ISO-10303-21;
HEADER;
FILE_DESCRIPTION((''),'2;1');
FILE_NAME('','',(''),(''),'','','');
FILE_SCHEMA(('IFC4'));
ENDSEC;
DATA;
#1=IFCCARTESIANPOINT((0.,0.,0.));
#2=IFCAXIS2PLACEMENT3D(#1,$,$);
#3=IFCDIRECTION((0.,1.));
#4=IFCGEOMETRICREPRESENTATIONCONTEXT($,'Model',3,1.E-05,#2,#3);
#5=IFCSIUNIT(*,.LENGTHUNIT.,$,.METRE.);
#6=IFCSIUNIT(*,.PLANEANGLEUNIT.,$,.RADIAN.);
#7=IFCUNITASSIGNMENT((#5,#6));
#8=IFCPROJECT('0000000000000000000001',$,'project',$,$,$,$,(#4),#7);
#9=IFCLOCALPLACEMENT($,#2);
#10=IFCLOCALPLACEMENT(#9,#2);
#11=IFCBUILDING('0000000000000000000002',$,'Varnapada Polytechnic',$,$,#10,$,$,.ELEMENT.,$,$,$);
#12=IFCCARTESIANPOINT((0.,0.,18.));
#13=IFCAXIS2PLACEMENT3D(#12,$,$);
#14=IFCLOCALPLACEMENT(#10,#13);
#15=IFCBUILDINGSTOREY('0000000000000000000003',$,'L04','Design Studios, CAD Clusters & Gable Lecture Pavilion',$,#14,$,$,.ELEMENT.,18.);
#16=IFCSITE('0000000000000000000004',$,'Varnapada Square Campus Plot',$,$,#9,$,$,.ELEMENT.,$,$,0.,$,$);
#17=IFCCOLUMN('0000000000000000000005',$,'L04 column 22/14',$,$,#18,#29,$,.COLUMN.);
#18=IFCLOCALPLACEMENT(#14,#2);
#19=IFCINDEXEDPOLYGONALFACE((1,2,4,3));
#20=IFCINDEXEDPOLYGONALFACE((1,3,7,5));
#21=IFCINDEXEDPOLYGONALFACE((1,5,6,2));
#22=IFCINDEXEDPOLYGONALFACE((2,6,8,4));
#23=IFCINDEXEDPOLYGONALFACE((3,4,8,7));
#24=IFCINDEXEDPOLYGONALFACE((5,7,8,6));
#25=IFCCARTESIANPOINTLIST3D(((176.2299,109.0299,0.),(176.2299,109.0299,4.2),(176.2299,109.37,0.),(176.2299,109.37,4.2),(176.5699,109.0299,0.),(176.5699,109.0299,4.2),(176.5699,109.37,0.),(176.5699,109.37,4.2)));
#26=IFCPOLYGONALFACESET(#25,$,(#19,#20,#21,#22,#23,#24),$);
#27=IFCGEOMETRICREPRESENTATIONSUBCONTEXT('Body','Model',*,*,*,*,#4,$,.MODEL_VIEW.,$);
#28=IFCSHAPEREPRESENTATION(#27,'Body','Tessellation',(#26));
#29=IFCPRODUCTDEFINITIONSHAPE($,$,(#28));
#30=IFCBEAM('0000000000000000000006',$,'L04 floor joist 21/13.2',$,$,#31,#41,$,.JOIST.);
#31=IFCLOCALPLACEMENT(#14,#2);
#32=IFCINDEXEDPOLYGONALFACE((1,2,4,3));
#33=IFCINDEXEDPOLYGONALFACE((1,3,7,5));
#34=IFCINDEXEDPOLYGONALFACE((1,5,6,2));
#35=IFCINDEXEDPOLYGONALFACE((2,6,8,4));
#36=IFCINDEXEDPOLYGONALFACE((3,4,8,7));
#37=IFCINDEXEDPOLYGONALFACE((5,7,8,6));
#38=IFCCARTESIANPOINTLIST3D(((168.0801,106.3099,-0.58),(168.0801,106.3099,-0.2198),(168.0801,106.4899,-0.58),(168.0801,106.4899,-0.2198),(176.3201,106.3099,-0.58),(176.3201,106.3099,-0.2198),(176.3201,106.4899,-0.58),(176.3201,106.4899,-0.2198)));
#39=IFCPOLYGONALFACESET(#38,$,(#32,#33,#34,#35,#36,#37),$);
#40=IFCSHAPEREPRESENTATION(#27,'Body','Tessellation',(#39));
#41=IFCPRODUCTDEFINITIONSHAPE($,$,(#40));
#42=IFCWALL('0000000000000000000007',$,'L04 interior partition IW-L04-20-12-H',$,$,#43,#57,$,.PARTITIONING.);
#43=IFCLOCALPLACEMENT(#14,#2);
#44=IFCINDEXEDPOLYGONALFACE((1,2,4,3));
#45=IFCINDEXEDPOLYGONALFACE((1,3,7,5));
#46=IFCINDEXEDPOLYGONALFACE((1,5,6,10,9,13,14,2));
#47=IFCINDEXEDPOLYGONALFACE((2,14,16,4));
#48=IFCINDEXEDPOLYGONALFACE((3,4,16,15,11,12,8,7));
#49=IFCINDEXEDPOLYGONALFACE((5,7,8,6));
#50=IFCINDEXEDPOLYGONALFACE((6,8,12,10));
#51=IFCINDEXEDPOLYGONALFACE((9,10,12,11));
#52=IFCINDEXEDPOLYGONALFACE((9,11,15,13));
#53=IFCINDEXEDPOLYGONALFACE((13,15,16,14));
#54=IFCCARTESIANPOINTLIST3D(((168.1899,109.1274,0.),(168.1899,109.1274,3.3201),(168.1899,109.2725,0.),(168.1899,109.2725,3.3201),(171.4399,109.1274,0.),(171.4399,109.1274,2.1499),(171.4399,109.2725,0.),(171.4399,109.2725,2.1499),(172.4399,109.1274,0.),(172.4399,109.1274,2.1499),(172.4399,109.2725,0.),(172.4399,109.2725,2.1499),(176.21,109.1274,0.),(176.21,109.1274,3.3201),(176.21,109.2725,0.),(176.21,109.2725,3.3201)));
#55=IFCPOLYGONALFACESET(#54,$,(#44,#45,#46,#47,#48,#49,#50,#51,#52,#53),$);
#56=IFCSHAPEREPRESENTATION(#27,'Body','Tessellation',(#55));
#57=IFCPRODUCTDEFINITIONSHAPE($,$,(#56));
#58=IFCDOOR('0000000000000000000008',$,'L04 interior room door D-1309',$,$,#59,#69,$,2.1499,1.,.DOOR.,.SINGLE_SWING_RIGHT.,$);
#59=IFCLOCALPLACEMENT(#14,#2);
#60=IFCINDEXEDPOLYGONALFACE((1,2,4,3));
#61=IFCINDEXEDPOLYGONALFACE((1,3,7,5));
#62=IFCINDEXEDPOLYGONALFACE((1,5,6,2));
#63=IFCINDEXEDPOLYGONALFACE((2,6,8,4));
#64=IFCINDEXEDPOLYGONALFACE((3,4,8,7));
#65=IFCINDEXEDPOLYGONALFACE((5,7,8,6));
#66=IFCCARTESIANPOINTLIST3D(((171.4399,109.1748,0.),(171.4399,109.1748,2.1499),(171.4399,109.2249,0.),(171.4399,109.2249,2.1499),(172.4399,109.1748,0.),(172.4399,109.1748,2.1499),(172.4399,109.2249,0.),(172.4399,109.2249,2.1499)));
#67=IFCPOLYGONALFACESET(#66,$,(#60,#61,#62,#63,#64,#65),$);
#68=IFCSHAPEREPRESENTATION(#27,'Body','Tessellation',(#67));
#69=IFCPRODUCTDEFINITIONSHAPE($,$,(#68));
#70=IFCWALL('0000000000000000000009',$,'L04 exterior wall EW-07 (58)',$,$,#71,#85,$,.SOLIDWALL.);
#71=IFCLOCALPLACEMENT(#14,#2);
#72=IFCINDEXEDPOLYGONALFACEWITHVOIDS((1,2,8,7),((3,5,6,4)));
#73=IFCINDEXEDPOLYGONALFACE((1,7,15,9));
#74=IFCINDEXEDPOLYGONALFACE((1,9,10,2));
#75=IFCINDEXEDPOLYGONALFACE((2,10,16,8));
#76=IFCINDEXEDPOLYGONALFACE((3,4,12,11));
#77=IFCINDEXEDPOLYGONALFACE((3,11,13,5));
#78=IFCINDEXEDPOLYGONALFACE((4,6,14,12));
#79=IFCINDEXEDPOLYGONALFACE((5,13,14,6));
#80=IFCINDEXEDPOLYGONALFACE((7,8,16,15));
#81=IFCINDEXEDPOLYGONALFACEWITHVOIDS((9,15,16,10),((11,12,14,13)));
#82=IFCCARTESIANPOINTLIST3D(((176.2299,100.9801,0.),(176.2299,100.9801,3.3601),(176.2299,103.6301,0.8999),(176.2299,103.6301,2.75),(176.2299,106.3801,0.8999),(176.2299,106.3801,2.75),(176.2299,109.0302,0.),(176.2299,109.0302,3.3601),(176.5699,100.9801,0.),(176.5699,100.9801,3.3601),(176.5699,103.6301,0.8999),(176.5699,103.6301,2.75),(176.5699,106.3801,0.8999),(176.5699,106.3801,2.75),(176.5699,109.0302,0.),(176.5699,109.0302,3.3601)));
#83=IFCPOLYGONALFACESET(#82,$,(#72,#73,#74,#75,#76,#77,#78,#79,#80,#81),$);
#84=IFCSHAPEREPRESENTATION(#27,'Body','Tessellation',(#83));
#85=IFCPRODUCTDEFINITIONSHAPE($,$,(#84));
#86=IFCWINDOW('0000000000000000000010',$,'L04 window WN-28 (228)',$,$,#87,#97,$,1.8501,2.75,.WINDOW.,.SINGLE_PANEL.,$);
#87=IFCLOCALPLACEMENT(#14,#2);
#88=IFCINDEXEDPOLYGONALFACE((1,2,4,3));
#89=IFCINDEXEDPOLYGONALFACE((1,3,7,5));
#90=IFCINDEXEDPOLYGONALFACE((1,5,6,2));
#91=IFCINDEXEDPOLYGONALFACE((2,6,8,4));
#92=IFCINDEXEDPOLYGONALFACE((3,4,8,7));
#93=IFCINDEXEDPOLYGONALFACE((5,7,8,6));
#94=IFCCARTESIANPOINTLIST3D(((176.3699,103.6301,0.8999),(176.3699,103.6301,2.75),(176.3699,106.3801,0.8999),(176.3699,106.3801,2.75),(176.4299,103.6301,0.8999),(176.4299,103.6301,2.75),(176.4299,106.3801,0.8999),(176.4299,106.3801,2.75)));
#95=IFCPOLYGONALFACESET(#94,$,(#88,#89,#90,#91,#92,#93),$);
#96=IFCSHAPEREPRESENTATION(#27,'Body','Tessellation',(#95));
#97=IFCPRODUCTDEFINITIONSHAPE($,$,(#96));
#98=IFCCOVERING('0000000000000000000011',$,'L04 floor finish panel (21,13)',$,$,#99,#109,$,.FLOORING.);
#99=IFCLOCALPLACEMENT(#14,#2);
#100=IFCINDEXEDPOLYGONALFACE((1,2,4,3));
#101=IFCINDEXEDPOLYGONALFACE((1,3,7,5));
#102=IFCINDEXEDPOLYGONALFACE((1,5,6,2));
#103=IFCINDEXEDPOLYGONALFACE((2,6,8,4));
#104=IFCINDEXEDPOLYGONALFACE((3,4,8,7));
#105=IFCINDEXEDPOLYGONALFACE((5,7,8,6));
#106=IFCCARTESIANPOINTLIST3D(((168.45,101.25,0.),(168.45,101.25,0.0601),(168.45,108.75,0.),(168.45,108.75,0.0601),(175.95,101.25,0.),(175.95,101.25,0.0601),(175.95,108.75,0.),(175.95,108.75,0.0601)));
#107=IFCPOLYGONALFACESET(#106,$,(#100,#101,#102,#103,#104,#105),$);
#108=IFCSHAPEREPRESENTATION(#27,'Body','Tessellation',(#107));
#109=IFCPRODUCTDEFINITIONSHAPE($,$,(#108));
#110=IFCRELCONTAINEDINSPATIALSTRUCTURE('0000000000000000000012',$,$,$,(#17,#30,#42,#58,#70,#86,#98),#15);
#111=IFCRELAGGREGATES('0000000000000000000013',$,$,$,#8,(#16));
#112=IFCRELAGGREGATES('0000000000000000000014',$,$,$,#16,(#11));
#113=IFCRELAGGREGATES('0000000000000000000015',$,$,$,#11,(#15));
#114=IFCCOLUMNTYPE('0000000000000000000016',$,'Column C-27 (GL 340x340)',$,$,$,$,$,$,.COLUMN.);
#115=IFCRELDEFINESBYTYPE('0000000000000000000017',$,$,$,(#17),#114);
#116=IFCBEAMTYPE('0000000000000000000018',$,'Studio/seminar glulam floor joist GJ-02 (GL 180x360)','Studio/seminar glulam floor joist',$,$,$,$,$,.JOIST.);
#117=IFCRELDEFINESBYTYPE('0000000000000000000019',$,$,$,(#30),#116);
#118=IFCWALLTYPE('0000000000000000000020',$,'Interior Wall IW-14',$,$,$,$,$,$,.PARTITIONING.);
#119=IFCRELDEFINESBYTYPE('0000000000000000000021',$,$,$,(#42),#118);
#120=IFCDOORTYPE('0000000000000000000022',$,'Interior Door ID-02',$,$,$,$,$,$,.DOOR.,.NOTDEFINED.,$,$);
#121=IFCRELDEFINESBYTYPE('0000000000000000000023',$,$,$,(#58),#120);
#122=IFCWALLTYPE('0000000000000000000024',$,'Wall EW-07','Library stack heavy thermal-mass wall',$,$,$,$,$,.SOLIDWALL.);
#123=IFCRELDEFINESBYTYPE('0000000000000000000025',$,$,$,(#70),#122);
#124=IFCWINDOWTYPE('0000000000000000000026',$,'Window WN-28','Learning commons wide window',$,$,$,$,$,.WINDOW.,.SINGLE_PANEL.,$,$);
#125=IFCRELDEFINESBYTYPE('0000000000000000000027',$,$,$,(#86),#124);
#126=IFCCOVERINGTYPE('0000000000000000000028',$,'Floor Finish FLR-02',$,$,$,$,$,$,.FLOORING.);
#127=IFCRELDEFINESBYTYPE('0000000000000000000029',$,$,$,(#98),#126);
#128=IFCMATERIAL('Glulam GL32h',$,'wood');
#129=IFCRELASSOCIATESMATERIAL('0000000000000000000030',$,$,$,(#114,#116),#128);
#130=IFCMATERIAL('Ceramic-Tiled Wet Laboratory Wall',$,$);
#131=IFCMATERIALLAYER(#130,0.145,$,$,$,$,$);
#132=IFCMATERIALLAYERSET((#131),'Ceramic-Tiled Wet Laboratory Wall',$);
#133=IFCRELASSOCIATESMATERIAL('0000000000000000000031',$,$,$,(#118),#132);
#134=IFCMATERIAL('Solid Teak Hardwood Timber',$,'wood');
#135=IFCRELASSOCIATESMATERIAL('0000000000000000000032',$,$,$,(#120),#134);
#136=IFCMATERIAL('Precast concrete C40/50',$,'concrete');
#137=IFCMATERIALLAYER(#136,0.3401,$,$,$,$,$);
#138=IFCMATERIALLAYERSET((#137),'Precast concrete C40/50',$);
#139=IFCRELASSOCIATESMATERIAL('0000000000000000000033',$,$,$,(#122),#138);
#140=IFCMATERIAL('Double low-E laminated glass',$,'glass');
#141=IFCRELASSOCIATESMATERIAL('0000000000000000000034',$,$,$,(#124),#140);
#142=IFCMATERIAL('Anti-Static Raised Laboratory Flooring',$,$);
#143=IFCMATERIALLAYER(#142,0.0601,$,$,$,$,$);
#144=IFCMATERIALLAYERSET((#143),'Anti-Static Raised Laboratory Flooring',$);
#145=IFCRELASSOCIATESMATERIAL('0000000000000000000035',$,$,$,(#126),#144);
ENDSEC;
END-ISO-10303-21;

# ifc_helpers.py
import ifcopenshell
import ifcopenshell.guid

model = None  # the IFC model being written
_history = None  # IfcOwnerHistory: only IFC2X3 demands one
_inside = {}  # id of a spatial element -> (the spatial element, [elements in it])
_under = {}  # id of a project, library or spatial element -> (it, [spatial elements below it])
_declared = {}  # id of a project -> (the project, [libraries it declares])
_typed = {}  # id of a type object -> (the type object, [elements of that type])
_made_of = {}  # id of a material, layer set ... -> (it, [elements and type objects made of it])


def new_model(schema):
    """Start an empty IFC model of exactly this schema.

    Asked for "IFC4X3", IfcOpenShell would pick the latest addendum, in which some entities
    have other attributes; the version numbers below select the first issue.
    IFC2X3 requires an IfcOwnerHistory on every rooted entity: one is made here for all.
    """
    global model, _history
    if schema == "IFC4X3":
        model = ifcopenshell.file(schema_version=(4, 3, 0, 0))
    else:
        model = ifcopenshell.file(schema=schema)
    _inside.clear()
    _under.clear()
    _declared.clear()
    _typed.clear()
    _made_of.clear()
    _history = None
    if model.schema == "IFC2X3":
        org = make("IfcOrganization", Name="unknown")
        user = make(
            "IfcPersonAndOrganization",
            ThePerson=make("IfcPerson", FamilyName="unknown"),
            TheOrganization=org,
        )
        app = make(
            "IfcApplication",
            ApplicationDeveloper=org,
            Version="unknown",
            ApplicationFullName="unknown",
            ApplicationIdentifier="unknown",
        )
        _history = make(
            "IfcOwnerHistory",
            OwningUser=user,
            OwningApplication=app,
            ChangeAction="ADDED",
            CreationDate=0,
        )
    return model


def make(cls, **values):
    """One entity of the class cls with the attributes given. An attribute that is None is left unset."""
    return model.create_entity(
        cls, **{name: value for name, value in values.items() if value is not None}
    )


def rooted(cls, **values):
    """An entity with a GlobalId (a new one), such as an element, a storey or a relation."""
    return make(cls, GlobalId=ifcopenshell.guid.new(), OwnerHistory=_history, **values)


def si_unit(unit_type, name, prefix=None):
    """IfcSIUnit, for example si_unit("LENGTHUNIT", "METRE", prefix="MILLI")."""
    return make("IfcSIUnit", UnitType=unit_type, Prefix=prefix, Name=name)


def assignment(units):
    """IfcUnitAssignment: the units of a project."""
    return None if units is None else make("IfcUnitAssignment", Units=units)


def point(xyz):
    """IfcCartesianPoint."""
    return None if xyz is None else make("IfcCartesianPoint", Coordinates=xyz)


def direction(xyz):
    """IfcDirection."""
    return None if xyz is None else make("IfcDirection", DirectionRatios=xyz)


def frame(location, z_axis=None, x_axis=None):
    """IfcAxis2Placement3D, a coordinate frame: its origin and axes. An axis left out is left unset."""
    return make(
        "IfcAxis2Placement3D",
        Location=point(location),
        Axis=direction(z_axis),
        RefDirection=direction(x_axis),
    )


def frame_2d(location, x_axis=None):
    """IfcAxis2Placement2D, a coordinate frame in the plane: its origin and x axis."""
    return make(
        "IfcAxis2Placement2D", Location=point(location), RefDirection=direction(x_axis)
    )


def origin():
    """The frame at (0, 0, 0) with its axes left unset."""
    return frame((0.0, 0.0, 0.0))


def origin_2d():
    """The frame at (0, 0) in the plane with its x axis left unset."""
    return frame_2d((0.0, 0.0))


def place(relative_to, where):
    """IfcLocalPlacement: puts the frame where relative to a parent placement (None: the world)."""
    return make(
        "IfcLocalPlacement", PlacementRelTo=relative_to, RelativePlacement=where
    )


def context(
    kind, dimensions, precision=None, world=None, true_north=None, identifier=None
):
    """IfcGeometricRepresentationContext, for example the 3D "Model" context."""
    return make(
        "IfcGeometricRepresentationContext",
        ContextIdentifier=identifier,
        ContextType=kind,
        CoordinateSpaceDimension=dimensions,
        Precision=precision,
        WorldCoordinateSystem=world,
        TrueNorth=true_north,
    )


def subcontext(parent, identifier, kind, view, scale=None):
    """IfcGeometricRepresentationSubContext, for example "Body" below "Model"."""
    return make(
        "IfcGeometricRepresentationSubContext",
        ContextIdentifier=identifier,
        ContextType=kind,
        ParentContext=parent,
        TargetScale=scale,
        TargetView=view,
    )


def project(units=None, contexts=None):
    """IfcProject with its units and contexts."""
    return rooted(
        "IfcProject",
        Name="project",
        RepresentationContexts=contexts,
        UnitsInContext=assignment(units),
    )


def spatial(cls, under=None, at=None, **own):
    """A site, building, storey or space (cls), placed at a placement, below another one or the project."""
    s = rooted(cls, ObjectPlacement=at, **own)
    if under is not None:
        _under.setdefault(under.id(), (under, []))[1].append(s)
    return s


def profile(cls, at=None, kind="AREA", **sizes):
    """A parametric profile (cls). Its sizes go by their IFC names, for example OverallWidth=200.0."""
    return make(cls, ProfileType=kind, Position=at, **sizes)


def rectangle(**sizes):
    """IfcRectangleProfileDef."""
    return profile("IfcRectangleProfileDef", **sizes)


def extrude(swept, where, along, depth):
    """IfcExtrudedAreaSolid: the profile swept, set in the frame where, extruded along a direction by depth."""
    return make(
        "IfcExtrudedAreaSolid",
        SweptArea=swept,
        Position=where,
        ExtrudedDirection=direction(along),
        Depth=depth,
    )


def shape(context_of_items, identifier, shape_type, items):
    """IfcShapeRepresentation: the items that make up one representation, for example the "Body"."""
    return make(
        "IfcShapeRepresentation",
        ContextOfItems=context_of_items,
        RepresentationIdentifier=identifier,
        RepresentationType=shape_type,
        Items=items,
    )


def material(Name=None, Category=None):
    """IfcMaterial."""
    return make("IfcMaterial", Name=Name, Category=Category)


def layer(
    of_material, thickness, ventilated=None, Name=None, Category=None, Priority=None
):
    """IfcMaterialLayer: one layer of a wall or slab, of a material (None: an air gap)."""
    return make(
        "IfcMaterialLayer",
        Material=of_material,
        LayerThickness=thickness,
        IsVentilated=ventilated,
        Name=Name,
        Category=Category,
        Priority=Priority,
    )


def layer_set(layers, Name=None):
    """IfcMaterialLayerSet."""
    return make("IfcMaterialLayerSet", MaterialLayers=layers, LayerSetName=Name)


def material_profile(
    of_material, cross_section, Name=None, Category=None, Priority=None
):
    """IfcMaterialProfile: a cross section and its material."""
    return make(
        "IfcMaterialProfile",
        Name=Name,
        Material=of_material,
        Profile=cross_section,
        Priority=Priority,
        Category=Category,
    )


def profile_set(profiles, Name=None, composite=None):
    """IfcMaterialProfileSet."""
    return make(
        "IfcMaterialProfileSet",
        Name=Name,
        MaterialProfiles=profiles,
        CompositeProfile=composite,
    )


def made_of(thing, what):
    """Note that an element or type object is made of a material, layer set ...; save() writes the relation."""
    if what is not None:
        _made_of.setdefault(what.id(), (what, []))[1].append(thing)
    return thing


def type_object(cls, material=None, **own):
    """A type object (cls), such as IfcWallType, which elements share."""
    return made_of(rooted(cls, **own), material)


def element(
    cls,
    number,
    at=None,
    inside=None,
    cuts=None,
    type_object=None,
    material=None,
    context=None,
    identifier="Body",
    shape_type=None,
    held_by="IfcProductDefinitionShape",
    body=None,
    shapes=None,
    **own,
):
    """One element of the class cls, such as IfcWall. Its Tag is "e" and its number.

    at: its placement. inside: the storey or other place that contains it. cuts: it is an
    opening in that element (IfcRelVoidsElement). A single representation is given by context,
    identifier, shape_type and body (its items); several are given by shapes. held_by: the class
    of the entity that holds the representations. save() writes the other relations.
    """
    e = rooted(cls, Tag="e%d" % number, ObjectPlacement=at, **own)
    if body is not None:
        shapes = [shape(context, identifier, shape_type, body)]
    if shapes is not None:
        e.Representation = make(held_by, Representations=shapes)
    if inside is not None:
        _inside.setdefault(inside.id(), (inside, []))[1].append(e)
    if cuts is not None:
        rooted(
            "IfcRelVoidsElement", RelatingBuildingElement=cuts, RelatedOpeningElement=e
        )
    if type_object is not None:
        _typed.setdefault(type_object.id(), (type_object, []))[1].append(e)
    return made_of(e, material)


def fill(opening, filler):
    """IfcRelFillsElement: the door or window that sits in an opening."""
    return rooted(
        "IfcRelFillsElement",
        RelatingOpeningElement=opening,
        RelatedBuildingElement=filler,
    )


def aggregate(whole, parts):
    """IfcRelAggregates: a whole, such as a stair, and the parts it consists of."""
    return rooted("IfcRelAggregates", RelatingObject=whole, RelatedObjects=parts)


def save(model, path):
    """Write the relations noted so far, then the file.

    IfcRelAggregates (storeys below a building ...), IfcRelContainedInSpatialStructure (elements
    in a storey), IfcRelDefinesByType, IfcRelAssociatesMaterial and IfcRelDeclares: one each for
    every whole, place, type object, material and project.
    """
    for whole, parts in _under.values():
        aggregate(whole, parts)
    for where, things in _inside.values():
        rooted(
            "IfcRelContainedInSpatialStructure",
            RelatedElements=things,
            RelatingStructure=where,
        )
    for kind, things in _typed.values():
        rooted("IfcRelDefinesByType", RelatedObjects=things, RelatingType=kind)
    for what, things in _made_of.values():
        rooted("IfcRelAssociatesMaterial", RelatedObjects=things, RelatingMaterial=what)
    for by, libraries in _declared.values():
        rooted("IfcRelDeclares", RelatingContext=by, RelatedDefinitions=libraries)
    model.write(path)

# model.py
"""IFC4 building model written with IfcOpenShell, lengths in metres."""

from ifc_helpers import new_model, si_unit, direction, frame, frame_2d, origin, origin_2d, place, context, subcontext, project, spatial, rectangle, extrude, material, layer, layer_set, material_profile, profile_set, type_object, element, fill, save


model = new_model("IFC4")

# Units and contexts
model_context = context("Model", 3, precision=1e-05, world=origin(), true_north=direction((0.0, 1.0)))
body_context = subcontext(model_context, "Body", "Model", "MODEL_VIEW")
ifc_project = project(units=[si_unit("LENGTHUNIT", "METRE"), si_unit("PLANEANGLEUNIT", "RADIAN")], contexts=[model_context])

# Site, building, storey
site_placement = place(None, origin())
site = spatial("IfcSite", under=ifc_project, at=site_placement, Name="Varnapada Square Campus Plot", CompositionType="ELEMENT", RefElevation=0.0)
building_placement = place(site_placement, origin())
building = spatial("IfcBuilding", under=site, at=building_placement, Name="Varnapada Polytechnic", CompositionType="ELEMENT")
storey_placement = place(building_placement, frame((0.0, 0.0, 18.0)))
storey = spatial("IfcBuildingStorey", under=building, at=storey_placement, Name="L04", Description="Design Studios, CAD Clusters & Gable Lecture Pavilion", CompositionType="ELEMENT", Elevation=18.0)

# Column
ifc_material_1 = material(Name="Glulam GL32h", Category="wood")
ifc_material_profile_1 = material_profile(ifc_material_1, rectangle(XDim=0.3401, YDim=0.3401, at=origin_2d()), Name="GL 340x340")
ifc_profile_set_1 = profile_set([ifc_material_profile_1], Name="Glulam GL32h")
column_type = type_object("IfcColumnType", Name="Column C-27 (GL 340x340)", PredefinedType="COLUMN", material=ifc_profile_set_1)
column_placement = place(storey_placement, frame((176.3999, 109.2, 0.0), z_axis=(0.0, 0.0, 1.0), x_axis=(1.0, 0.0, 0.0)))
element("IfcColumn", 1, at=column_placement, inside=storey, type_object=column_type, Name="L04 column 22/14", PredefinedType="COLUMN", context=body_context, shape_type="SweptSolid", body=[
    extrude(rectangle(XDim=0.3401, YDim=0.3401, at=origin_2d()), origin(), (0.0, 0.0, 1.0), 4.2),
])

# Beam
ifc_material_profile_2 = material_profile(ifc_material_1, rectangle(XDim=0.1799, YDim=0.3601, at=origin_2d()), Name="GL 180x360")
ifc_profile_set_2 = profile_set([ifc_material_profile_2], Name="Glulam GL32h")
beam_type = type_object("IfcBeamType", Name="Studio/seminar glulam floor joist GJ-02 (GL 180x360)", Description="Studio/seminar glulam floor joist", PredefinedType="JOIST", material=ifc_profile_set_2)
beam_placement = place(storey_placement, frame((168.0801, 106.3999, -0.3999), z_axis=(1.0, 0.0, 0.0), x_axis=(0.0, 1.0, 0.0)))
element("IfcBeam", 2, at=beam_placement, inside=storey, type_object=beam_type, Name="L04 floor joist 21/13.2", PredefinedType="JOIST", context=body_context, shape_type="SweptSolid", body=[
    extrude(rectangle(XDim=0.1799, YDim=0.3601, at=origin_2d()), origin(), (0.0, 0.0, 1.0), 8.24),
])

# Wall, opening, door
ifc_material_2 = material(Name="Ceramic-Tiled Wet Laboratory Wall")
ifc_layer_1 = layer(ifc_material_2, 0.145)
ifc_layer_set_1 = layer_set([ifc_layer_1], Name="Ceramic-Tiled Wet Laboratory Wall")
wall_type_1 = type_object("IfcWallType", Name="Interior Wall IW-14", PredefinedType="PARTITIONING", material=ifc_layer_set_1)
wall_1_placement = place(storey_placement, frame((168.1899, 109.2, 0.0), z_axis=(0.0, 0.0, 1.0), x_axis=(1.0, 0.0, 0.0)))
wall_1 = element("IfcWall", 3, at=wall_1_placement, inside=storey, type_object=wall_type_1, Name="L04 interior partition IW-L04-20-12-H", PredefinedType="PARTITIONING", context=body_context, shape_type="SweptSolid", body=[
    extrude(rectangle(XDim=8.02, YDim=0.145, at=frame_2d((4.01, 0.0))), origin(), (0.0, 0.0, 1.0), 3.3201),
])
opening_1_placement = place(wall_1_placement, frame((3.25, 0.0, 0.0)))
opening_1 = element("IfcOpeningElement", 4, at=opening_1_placement, cuts=wall_1, PredefinedType="OPENING", context=body_context, shape_type="SweptSolid", body=[
    extrude(rectangle(XDim=1.0, YDim=2.1499, at=frame_2d((0.5, 1.075))), frame((0.0, 0.0825, 0.0), z_axis=(0.0, -1.0, 0.0), x_axis=(1.0, 0.0, 0.0)), (0.0, 0.0, 1.0), 0.165),
])
ifc_material_3 = material(Name="Solid Teak Hardwood Timber", Category="wood")
door_type = type_object("IfcDoorType", Name="Interior Door ID-02", OperationType="NOTDEFINED", PredefinedType="DOOR", material=ifc_material_3)
door_placement = place(opening_1_placement, origin())
door = element("IfcDoor", 5, at=door_placement, inside=storey, type_object=door_type, Name="L04 interior room door D-1309", OperationType="SINGLE_SWING_RIGHT", OverallHeight=2.1499, OverallWidth=1.0, PredefinedType="DOOR", context=body_context, shape_type="SweptSolid", body=[
    extrude(rectangle(XDim=1.0, YDim=2.1499, at=frame_2d((0.5, 1.075))), frame((0.0, 0.0249, 0.0), z_axis=(0.0, -1.0, 0.0), x_axis=(1.0, 0.0, 0.0)), (0.0, 0.0, 1.0), 0.05),
])
fill(opening_1, door)

# Wall, opening, window
ifc_material_4 = material(Name="Precast concrete C40/50", Category="concrete")
ifc_layer_2 = layer(ifc_material_4, 0.3401)
ifc_layer_set_2 = layer_set([ifc_layer_2], Name="Precast concrete C40/50")
wall_type_2 = type_object("IfcWallType", Name="Wall EW-07", Description="Library stack heavy thermal-mass wall", PredefinedType="SOLIDWALL", material=ifc_layer_set_2)
wall_2_placement = place(storey_placement, frame((176.3999, 109.03, 0.0), z_axis=(0.0, 0.0, 1.0), x_axis=(0.0, -1.0, 0.0)))
wall_2 = element("IfcWall", 6, at=wall_2_placement, inside=storey, type_object=wall_type_2, Name="L04 exterior wall EW-07 (58)", PredefinedType="SOLIDWALL", context=body_context, shape_type="SweptSolid", body=[
    extrude(rectangle(XDim=8.05, YDim=0.3401, at=frame_2d((4.0249, 0.0))), origin(), (0.0, 0.0, 1.0), 3.3601),
])
opening_2_placement = place(wall_2_placement, frame((2.6499, 0.0, 0.8999)))
opening_2 = element("IfcOpeningElement", 7, at=opening_2_placement, cuts=wall_2, PredefinedType="OPENING", context=body_context, shape_type="SweptSolid", body=[
    extrude(rectangle(XDim=2.75, YDim=1.8501, at=frame_2d((1.375, 0.925))), frame((0.0, 0.1799, 0.0), z_axis=(0.0, -1.0, 0.0), x_axis=(1.0, 0.0, 0.0)), (0.0, 0.0, 1.0), 0.3601),
])
ifc_material_5 = material(Name="Double low-E laminated glass", Category="glass")
window_type = type_object("IfcWindowType", Name="Window WN-28", Description="Learning commons wide window", PartitioningType="SINGLE_PANEL", PredefinedType="WINDOW", material=ifc_material_5)
window_placement = place(opening_2_placement, origin())
window = element("IfcWindow", 8, at=window_placement, inside=storey, type_object=window_type, Name="L04 window WN-28 (228)", OverallHeight=1.8501, OverallWidth=2.75, PartitioningType="SINGLE_PANEL", PredefinedType="WINDOW", context=body_context, shape_type="SweptSolid", body=[
    extrude(rectangle(XDim=2.75, YDim=1.8501, at=frame_2d((1.375, 0.925))), frame((0.0, 0.03, 0.0), z_axis=(0.0, -1.0, 0.0), x_axis=(1.0, 0.0, 0.0)), (0.0, 0.0, 1.0), 0.0601),
])
fill(opening_2, window)

# Covering
ifc_material_6 = material(Name="Anti-Static Raised Laboratory Flooring")
ifc_layer_3 = layer(ifc_material_6, 0.0601)
ifc_layer_set_3 = layer_set([ifc_layer_3], Name="Anti-Static Raised Laboratory Flooring")
covering_type_1 = type_object("IfcCoveringType", Name="Floor Finish FLR-02", PredefinedType="FLOORING", material=ifc_layer_set_3)
covering_1_placement = place(storey_placement, frame((172.2, 105.0, 0.0), z_axis=(0.0, 0.0, 1.0), x_axis=(1.0, 0.0, 0.0)))
element("IfcCovering", 9, at=covering_1_placement, inside=storey, type_object=covering_type_1, Name="L04 floor finish panel (21,13)", PredefinedType="FLOORING", context=body_context, shape_type="SweptSolid", body=[
    extrude(rectangle(XDim=7.5, YDim=7.5, at=origin_2d()), origin(), (0.0, 0.0, 1.0), 0.0601),
])

save(model, "model.ifc")
